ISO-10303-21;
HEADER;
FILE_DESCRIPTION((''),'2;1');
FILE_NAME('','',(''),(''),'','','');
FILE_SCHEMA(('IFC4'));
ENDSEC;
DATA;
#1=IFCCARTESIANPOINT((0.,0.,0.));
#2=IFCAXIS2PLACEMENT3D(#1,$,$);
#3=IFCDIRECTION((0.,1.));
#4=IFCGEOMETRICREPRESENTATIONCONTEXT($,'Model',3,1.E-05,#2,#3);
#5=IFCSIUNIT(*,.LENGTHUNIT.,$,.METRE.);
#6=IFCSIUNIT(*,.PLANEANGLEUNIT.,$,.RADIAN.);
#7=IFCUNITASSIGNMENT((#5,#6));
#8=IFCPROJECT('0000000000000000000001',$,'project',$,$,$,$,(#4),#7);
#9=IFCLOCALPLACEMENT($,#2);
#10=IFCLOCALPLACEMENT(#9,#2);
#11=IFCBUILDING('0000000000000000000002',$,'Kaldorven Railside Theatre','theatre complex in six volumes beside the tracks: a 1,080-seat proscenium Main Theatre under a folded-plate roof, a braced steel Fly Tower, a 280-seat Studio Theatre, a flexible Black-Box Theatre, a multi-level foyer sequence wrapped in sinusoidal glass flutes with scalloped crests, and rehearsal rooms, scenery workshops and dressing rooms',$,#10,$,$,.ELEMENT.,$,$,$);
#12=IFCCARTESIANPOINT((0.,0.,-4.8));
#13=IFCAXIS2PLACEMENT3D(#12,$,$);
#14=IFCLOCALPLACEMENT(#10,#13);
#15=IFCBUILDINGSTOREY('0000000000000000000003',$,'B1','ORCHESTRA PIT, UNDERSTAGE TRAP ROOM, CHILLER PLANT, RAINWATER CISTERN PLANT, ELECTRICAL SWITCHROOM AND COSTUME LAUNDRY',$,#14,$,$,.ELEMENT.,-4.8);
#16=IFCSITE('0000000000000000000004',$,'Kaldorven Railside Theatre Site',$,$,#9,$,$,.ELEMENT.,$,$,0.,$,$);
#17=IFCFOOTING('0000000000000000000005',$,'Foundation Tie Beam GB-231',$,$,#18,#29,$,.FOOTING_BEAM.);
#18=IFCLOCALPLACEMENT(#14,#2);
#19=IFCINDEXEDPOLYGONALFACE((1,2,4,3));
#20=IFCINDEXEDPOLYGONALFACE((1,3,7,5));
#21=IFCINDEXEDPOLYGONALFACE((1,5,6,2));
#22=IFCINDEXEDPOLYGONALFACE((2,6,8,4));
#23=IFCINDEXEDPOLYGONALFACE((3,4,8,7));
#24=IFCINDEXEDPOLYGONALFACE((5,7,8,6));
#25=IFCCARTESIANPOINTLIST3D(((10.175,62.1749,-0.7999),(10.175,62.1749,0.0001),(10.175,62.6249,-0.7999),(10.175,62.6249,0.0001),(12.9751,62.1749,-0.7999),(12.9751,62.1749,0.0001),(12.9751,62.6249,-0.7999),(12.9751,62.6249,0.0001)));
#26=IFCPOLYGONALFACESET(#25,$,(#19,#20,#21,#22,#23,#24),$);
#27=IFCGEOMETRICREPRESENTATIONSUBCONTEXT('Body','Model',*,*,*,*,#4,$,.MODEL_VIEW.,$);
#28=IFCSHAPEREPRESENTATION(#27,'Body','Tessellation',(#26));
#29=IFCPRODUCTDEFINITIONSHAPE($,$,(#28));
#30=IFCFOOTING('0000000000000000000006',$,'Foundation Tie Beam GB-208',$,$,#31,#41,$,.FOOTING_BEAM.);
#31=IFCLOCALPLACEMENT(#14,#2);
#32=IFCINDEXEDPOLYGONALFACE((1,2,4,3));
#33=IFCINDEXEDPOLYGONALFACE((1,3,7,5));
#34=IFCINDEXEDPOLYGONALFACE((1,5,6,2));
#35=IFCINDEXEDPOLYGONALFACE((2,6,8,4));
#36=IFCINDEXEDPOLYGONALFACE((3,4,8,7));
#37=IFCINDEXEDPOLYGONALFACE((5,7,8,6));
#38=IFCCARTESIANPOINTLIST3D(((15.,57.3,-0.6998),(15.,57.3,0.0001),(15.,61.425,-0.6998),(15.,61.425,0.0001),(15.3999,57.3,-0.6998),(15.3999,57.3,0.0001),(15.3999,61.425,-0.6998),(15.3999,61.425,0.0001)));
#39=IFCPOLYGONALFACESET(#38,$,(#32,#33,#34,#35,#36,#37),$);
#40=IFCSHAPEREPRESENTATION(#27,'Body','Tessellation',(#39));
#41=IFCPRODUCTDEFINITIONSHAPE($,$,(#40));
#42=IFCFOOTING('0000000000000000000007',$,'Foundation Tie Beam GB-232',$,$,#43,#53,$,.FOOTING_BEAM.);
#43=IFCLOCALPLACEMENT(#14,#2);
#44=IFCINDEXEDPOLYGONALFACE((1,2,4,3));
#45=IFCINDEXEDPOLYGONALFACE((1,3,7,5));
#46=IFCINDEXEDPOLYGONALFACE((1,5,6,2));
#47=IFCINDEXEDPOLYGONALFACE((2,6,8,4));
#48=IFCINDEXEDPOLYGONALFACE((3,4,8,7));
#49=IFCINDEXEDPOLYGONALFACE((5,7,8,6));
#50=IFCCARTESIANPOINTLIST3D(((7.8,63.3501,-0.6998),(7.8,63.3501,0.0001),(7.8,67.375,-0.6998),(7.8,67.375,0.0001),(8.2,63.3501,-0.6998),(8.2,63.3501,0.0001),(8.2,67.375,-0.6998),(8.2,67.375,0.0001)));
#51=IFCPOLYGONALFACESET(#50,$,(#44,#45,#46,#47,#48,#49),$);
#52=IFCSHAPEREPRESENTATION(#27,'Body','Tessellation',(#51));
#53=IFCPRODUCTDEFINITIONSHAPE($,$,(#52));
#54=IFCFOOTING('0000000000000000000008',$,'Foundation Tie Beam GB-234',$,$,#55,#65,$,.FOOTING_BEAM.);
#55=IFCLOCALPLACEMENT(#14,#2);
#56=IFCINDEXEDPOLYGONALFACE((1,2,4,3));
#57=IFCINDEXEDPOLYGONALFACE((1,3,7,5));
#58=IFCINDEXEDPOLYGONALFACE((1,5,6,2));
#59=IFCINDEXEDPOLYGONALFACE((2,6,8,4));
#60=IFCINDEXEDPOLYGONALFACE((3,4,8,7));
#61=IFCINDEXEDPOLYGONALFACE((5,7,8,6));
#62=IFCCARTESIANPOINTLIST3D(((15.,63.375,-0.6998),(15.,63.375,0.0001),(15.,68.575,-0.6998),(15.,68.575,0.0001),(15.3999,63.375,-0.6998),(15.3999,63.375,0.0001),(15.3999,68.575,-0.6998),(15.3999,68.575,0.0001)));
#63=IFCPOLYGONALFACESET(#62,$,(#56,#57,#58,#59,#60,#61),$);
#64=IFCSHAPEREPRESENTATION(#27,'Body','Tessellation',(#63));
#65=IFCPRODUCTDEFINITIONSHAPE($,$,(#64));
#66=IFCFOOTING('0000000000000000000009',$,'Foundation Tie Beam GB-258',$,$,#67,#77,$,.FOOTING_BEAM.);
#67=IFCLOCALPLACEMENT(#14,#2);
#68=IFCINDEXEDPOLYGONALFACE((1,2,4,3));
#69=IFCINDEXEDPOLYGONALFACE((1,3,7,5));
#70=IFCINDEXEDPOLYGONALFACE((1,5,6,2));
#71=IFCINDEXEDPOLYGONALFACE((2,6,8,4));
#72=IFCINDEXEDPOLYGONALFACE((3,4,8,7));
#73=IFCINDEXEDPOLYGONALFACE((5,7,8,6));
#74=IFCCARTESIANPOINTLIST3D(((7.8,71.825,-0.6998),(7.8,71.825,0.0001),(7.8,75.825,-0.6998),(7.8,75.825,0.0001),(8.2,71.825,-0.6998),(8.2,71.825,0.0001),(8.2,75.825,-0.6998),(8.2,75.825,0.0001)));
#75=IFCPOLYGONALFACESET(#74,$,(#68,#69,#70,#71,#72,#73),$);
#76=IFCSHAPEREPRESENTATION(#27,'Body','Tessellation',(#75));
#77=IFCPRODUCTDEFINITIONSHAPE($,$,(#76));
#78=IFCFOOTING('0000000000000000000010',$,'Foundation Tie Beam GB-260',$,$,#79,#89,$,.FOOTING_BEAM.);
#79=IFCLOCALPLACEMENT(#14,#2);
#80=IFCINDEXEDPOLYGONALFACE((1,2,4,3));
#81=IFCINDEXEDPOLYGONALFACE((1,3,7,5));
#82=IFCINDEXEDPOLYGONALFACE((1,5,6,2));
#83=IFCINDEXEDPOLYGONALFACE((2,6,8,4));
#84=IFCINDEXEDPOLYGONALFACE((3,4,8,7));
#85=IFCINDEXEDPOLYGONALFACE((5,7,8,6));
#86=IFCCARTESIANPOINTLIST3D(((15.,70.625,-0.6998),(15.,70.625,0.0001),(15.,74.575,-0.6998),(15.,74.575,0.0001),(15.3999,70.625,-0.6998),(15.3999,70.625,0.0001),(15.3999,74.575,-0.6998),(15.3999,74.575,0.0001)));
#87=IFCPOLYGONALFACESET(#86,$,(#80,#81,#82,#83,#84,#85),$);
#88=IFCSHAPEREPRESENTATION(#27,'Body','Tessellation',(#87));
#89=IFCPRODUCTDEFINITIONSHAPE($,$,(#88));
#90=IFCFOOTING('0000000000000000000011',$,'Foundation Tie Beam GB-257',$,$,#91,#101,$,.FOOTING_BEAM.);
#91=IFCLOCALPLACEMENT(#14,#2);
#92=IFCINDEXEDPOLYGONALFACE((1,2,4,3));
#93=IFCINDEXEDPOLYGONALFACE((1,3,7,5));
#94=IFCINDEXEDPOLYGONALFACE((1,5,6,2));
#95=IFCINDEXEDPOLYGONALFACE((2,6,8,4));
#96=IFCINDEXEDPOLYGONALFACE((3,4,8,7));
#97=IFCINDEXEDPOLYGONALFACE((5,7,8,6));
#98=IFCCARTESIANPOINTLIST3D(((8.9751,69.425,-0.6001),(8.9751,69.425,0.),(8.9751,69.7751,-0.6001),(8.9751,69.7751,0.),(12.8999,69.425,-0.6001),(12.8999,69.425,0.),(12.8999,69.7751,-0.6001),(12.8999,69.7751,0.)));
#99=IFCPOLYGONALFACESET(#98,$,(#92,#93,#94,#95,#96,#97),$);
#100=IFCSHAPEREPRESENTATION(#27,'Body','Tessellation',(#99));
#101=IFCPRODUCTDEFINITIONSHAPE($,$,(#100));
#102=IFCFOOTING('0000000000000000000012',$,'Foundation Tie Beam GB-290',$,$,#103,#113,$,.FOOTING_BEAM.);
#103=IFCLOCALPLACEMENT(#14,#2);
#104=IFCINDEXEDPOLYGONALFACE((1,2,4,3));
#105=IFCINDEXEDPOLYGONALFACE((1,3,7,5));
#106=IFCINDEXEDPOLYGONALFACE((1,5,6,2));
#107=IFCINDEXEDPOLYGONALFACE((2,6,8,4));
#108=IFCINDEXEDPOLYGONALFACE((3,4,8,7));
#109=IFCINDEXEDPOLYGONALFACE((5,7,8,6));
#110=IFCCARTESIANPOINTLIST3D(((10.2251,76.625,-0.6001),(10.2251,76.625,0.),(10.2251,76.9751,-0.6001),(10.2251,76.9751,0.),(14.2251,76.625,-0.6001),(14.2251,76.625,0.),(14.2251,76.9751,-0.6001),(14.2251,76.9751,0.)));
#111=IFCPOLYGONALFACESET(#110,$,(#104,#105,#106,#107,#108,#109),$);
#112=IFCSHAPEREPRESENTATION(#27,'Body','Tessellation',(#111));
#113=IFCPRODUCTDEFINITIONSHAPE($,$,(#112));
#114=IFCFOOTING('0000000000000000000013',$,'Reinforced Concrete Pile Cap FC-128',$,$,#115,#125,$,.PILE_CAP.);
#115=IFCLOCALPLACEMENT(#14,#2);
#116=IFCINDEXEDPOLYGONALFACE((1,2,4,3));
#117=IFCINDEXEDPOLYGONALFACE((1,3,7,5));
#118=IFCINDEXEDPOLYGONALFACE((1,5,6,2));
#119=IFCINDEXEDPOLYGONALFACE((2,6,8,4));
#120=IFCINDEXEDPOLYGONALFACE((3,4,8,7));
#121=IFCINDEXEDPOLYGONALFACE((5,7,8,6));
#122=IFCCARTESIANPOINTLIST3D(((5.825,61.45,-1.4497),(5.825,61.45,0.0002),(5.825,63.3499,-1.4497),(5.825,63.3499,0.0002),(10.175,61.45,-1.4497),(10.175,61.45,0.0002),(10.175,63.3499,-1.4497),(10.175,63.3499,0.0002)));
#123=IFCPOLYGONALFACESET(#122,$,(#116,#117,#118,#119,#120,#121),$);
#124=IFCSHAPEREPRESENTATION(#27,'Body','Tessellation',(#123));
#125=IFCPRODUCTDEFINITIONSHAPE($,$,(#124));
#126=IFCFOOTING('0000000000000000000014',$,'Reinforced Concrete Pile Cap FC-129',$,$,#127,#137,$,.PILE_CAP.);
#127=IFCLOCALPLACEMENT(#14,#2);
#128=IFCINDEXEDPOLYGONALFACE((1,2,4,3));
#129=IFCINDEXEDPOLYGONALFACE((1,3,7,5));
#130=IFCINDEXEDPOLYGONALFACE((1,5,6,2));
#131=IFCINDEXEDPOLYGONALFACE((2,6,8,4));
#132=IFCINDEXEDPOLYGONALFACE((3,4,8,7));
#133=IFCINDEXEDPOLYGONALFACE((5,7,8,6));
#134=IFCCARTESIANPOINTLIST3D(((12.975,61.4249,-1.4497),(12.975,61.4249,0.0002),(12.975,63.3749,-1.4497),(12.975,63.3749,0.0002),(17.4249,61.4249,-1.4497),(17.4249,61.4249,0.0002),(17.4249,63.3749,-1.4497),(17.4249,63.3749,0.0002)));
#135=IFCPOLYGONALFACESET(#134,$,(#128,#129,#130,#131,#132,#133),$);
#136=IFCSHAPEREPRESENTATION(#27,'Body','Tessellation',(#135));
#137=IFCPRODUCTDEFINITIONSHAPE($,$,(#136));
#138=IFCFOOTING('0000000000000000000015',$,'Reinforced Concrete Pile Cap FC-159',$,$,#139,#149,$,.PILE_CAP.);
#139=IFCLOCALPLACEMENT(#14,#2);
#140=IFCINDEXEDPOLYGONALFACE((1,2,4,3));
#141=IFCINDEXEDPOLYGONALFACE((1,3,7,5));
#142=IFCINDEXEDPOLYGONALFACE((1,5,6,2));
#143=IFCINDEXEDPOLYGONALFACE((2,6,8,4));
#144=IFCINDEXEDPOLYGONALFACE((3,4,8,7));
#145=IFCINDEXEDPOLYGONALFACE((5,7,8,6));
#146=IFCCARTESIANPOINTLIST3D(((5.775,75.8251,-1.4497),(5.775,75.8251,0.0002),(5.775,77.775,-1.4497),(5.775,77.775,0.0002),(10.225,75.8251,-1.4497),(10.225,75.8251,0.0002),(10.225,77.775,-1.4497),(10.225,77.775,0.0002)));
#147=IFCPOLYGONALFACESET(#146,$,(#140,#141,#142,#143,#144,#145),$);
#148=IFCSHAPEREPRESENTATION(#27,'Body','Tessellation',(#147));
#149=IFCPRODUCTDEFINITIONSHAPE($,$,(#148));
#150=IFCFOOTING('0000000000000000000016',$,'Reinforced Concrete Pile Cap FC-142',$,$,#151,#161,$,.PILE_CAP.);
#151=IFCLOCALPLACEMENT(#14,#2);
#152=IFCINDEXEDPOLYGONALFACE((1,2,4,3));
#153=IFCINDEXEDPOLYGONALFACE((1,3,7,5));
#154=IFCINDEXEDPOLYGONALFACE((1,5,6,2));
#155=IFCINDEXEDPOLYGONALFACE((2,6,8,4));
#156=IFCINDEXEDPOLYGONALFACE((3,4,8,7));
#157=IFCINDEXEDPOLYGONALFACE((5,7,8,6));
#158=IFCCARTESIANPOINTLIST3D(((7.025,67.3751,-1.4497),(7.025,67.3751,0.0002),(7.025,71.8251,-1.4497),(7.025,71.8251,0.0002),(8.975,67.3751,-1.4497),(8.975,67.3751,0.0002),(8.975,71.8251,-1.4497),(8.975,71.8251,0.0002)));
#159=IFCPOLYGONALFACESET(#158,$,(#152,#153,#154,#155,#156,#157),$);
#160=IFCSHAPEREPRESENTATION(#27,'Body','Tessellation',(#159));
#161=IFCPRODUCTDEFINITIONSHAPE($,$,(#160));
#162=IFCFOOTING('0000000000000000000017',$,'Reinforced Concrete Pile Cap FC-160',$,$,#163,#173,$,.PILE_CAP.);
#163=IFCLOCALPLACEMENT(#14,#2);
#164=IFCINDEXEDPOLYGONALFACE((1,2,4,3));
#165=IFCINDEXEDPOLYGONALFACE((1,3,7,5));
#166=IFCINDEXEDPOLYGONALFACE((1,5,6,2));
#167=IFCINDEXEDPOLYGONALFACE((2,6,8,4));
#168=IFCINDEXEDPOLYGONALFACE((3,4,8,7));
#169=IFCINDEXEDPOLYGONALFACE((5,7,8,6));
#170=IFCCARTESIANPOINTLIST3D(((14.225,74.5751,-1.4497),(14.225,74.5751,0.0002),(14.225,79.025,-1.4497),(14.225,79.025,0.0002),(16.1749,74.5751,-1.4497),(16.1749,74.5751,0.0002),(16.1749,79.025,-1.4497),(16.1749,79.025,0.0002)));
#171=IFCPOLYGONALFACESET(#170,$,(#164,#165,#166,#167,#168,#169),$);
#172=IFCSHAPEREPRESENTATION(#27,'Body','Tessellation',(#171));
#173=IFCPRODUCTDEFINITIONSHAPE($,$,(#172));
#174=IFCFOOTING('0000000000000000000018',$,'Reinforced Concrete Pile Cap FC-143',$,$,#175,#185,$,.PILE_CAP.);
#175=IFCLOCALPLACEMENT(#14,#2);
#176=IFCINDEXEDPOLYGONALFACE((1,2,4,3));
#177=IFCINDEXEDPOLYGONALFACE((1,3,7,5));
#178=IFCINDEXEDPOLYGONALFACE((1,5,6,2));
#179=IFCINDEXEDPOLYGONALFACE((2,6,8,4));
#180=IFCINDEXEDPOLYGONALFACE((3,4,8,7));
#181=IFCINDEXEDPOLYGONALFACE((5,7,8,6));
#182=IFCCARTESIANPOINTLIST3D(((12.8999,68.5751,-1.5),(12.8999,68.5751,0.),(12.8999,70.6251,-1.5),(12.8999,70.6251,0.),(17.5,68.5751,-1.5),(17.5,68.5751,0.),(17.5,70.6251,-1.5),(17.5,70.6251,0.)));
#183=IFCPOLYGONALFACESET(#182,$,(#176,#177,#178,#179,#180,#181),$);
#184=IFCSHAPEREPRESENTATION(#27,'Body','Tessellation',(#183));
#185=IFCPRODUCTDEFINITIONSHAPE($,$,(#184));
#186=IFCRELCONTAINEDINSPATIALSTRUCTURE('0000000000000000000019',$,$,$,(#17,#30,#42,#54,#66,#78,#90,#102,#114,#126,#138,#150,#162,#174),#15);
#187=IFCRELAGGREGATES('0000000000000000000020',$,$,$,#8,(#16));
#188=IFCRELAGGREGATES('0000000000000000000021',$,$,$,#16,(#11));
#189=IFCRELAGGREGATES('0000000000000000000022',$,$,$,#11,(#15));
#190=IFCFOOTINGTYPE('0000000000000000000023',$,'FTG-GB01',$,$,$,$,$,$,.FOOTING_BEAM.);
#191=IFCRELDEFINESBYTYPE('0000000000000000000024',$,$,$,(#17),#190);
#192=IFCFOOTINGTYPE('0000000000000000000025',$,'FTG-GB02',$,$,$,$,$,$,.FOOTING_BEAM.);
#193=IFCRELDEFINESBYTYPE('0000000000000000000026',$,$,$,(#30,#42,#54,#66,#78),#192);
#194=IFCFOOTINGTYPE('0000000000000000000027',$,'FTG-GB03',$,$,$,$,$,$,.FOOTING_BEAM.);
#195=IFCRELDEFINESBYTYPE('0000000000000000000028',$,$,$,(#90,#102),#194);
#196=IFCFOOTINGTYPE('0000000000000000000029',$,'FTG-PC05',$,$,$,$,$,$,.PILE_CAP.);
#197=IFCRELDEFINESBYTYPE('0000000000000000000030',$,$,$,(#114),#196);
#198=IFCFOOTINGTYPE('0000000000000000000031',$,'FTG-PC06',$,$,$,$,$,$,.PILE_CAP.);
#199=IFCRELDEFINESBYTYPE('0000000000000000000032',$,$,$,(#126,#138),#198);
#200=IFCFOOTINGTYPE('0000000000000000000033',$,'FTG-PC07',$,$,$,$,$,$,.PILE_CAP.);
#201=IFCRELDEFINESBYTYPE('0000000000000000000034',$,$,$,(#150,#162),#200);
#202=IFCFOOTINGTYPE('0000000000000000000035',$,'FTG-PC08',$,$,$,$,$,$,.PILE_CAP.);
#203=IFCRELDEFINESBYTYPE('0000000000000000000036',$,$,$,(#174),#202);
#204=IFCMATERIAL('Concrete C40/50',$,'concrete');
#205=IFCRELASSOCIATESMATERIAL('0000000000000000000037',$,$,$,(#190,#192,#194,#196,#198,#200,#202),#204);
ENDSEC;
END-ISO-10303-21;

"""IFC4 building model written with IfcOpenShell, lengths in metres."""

from ifc_helpers import new_model, si_unit, direction, frame, origin, origin_2d, place, context, subcontext, project, spatial, rectangle, extrude, material, material_profile, profile_set, type_object, element, save


model = new_model("IFC4")

# Units and contexts
model_context = context("Model", 3, precision=1e-05, world=origin(), true_north=direction((0.0, 1.0)))
body_context = subcontext(model_context, "Body", "Model", "MODEL_VIEW")
ifc_project = project(units=[si_unit("LENGTHUNIT", "METRE"), si_unit("PLANEANGLEUNIT", "RADIAN")], contexts=[model_context])

# Site, building, storey
site_placement = place(None, origin())
site = spatial("IfcSite", under=ifc_project, at=site_placement, Name="Kaldorven Railside Theatre Site", CompositionType="ELEMENT", RefElevation=0.0)
building_placement = place(site_placement, origin())
building = spatial("IfcBuilding", under=site, at=building_placement, Name="Kaldorven Railside Theatre", Description="theatre complex in six volumes beside the tracks: a 1,080-seat proscenium Main Theatre under a folded-plate roof, a braced steel Fly Tower, a 280-seat Studio Theatre, a flexible Black-Box Theatre, a multi-level foyer sequence wrapped in sinusoidal glass flutes with scalloped crests, and rehearsal rooms, scenery workshops and dressing rooms", CompositionType="ELEMENT")
storey_placement = place(building_placement, frame((0.0, 0.0, -4.8)))
storey = spatial("IfcBuildingStorey", under=building, at=storey_placement, Name="B1", Description="ORCHESTRA PIT, UNDERSTAGE TRAP ROOM, CHILLER PLANT, RAINWATER CISTERN PLANT, ELECTRICAL SWITCHROOM AND COSTUME LAUNDRY", CompositionType="ELEMENT", Elevation=-4.8)

# Footings
ifc_material_1 = material(Name="Concrete C40/50", Category="concrete")
ifc_material_profile_1 = material_profile(ifc_material_1, rectangle(XDim=0.45, YDim=0.8, at=origin_2d()), Name="RC 450x800")
ifc_profile_set_1 = profile_set([ifc_material_profile_1], Name="Concrete C40/50")
footing_type_1 = type_object("IfcFootingType", Name="FTG-GB01", PredefinedType="FOOTING_BEAM", material=ifc_profile_set_1)
footing_1_placement = place(storey_placement, frame((10.175, 62.3999, -0.3999), z_axis=(1.0, 0.0, 0.0), x_axis=(0.0, 1.0, 0.0)))
element("IfcFooting", 1, at=footing_1_placement, inside=storey, type_object=footing_type_1, Name="Foundation Tie Beam GB-231", PredefinedType="FOOTING_BEAM", context=body_context, shape_type="SweptSolid", body=[
    extrude(rectangle(XDim=0.45, YDim=0.8, at=origin_2d()), origin(), (0.0, 0.0, 1.0), 2.8),
])
ifc_material_profile_2 = material_profile(ifc_material_1, rectangle(XDim=0.3999, YDim=0.7, at=origin_2d()), Name="RC 400x700")
ifc_profile_set_2 = profile_set([ifc_material_profile_2], Name="Concrete C40/50")
footing_type_2 = type_object("IfcFootingType", Name="FTG-GB02", PredefinedType="FOOTING_BEAM", material=ifc_profile_set_2)
footing_2_placement = place(storey_placement, frame((15.2, 57.3, -0.3499), z_axis=(0.0, 1.0, 0.0), x_axis=(-1.0, 0.0, 0.0)))
element("IfcFooting", 2, at=footing_2_placement, inside=storey, type_object=footing_type_2, Name="Foundation Tie Beam GB-208", PredefinedType="FOOTING_BEAM", context=body_context, shape_type="SweptSolid", body=[
    extrude(rectangle(XDim=0.3999, YDim=0.7, at=origin_2d()), origin(), (0.0, 0.0, 1.0), 4.125),
])
footing_3_placement = place(storey_placement, frame((8.0, 63.3501, -0.3499), z_axis=(0.0, 1.0, 0.0), x_axis=(-1.0, 0.0, 0.0)))
element("IfcFooting", 3, at=footing_3_placement, inside=storey, type_object=footing_type_2, Name="Foundation Tie Beam GB-232", PredefinedType="FOOTING_BEAM", context=body_context, shape_type="SweptSolid", body=[
    extrude(rectangle(XDim=0.3999, YDim=0.7, at=origin_2d()), origin(), (0.0, 0.0, 1.0), 4.0249),
])
footing_4_placement = place(storey_placement, frame((15.2, 63.375, -0.3499), z_axis=(0.0, 1.0, 0.0), x_axis=(-1.0, 0.0, 0.0)))
element("IfcFooting", 4, at=footing_4_placement, inside=storey, type_object=footing_type_2, Name="Foundation Tie Beam GB-234", PredefinedType="FOOTING_BEAM", context=body_context, shape_type="SweptSolid", body=[
    extrude(rectangle(XDim=0.3999, YDim=0.7, at=origin_2d()), origin(), (0.0, 0.0, 1.0), 5.2),
])
footing_5_placement = place(storey_placement, frame((8.0, 71.825, -0.3499), z_axis=(0.0, 1.0, 0.0), x_axis=(-1.0, 0.0, 0.0)))
element("IfcFooting", 5, at=footing_5_placement, inside=storey, type_object=footing_type_2, Name="Foundation Tie Beam GB-258", PredefinedType="FOOTING_BEAM", context=body_context, shape_type="SweptSolid", body=[
    extrude(rectangle(XDim=0.3999, YDim=0.7, at=origin_2d()), origin(), (0.0, 0.0, 1.0), 4.0),
])
footing_6_placement = place(storey_placement, frame((15.2, 70.625, -0.3499), z_axis=(0.0, 1.0, 0.0), x_axis=(-1.0, 0.0, 0.0)))
element("IfcFooting", 6, at=footing_6_placement, inside=storey, type_object=footing_type_2, Name="Foundation Tie Beam GB-260", PredefinedType="FOOTING_BEAM", context=body_context, shape_type="SweptSolid", body=[
    extrude(rectangle(XDim=0.3999, YDim=0.7, at=origin_2d()), origin(), (0.0, 0.0, 1.0), 3.95),
])
ifc_material_profile_3 = material_profile(ifc_material_1, rectangle(XDim=0.3501, YDim=0.6001, at=origin_2d()), Name="RC 350x600")
ifc_profile_set_3 = profile_set([ifc_material_profile_3], Name="Concrete C40/50")
footing_type_3 = type_object("IfcFootingType", Name="FTG-GB03", PredefinedType="FOOTING_BEAM", material=ifc_profile_set_3)
footing_7_placement = place(storey_placement, frame((8.9751, 69.6001, -0.3), z_axis=(1.0, 0.0, 0.0), x_axis=(0.0, 1.0, 0.0)))
element("IfcFooting", 7, at=footing_7_placement, inside=storey, type_object=footing_type_3, Name="Foundation Tie Beam GB-257", PredefinedType="FOOTING_BEAM", context=body_context, shape_type="SweptSolid", body=[
    extrude(rectangle(XDim=0.3501, YDim=0.6001, at=origin_2d()), origin(), (0.0, 0.0, 1.0), 3.9248),
])
footing_8_placement = place(storey_placement, frame((10.2251, 76.8, -0.3), z_axis=(1.0, 0.0, 0.0), x_axis=(0.0, 1.0, 0.0)))
element("IfcFooting", 8, at=footing_8_placement, inside=storey, type_object=footing_type_3, Name="Foundation Tie Beam GB-290", PredefinedType="FOOTING_BEAM", context=body_context, shape_type="SweptSolid", body=[
    extrude(rectangle(XDim=0.3501, YDim=0.6001, at=origin_2d()), origin(), (0.0, 0.0, 1.0), 4.0),
])
footing_type_4 = type_object("IfcFootingType", Name="FTG-PC05", PredefinedType="PILE_CAP", material=ifc_material_1)
footing_9_placement = place(storey_placement, frame((8.0, 62.3999, -1.4497), z_axis=(0.0, 0.0, 1.0), x_axis=(1.0, 0.0, 0.0)))
element("IfcFooting", 9, at=footing_9_placement, inside=storey, type_object=footing_type_4, Name="Reinforced Concrete Pile Cap FC-128", PredefinedType="PILE_CAP", context=body_context, shape_type="SweptSolid", body=[
    extrude(rectangle(XDim=4.3501, YDim=1.8999, at=origin_2d()), origin(), (0.0, 0.0, 1.0), 1.45),
])
footing_type_5 = type_object("IfcFootingType", Name="FTG-PC06", PredefinedType="PILE_CAP", material=ifc_material_1)
for number, where, z_axis, x_axis, name in (
    (10, (15.2, 62.3999, -1.4497), (0.0, 0.0, 1.0), (1.0, 0.0, 0.0), "Reinforced Concrete Pile Cap FC-129"),
    (11, (8.0, 76.8, -1.4497), (0.0, 0.0, 1.0), (1.0, 0.0, 0.0), "Reinforced Concrete Pile Cap FC-159"),
):
    element("IfcFooting", number, at=place(storey_placement, frame(where, z_axis=z_axis, x_axis=x_axis)), inside=storey, type_object=footing_type_5, Name=name, PredefinedType="PILE_CAP", context=body_context, shape_type="SweptSolid", body=[
        extrude(rectangle(XDim=4.45, YDim=1.95, at=origin_2d()), origin(), (0.0, 0.0, 1.0), 1.45),
    ])
footing_type_6 = type_object("IfcFootingType", Name="FTG-PC07", PredefinedType="PILE_CAP", material=ifc_material_1)
for number, where, z_axis, x_axis, name in (
    (12, (8.0, 69.6001, -1.4497), (0.0, 0.0, 1.0), (1.0, 0.0, 0.0), "Reinforced Concrete Pile Cap FC-142"),
    (13, (15.2, 76.8, -1.4497), (0.0, 0.0, 1.0), (1.0, 0.0, 0.0), "Reinforced Concrete Pile Cap FC-160"),
):
    element("IfcFooting", number, at=place(storey_placement, frame(where, z_axis=z_axis, x_axis=x_axis)), inside=storey, type_object=footing_type_6, Name=name, PredefinedType="PILE_CAP", context=body_context, shape_type="SweptSolid", body=[
        extrude(rectangle(XDim=1.95, YDim=4.45, at=origin_2d()), origin(), (0.0, 0.0, 1.0), 1.45),
    ])
footing_type_7 = type_object("IfcFootingType", Name="FTG-PC08", PredefinedType="PILE_CAP", material=ifc_material_1)
footing_10_placement = place(storey_placement, frame((15.2, 69.6001, -1.5), z_axis=(0.0, 0.0, 1.0), x_axis=(1.0, 0.0, 0.0)))
element("IfcFooting", 14, at=footing_10_placement, inside=storey, type_object=footing_type_7, Name="Reinforced Concrete Pile Cap FC-143", PredefinedType="PILE_CAP", context=body_context, shape_type="SweptSolid", body=[
    extrude(rectangle(XDim=4.6001, YDim=2.05, at=origin_2d()), origin(), (0.0, 0.0, 1.0), 1.5),
])

save(model, "model.ifc")
